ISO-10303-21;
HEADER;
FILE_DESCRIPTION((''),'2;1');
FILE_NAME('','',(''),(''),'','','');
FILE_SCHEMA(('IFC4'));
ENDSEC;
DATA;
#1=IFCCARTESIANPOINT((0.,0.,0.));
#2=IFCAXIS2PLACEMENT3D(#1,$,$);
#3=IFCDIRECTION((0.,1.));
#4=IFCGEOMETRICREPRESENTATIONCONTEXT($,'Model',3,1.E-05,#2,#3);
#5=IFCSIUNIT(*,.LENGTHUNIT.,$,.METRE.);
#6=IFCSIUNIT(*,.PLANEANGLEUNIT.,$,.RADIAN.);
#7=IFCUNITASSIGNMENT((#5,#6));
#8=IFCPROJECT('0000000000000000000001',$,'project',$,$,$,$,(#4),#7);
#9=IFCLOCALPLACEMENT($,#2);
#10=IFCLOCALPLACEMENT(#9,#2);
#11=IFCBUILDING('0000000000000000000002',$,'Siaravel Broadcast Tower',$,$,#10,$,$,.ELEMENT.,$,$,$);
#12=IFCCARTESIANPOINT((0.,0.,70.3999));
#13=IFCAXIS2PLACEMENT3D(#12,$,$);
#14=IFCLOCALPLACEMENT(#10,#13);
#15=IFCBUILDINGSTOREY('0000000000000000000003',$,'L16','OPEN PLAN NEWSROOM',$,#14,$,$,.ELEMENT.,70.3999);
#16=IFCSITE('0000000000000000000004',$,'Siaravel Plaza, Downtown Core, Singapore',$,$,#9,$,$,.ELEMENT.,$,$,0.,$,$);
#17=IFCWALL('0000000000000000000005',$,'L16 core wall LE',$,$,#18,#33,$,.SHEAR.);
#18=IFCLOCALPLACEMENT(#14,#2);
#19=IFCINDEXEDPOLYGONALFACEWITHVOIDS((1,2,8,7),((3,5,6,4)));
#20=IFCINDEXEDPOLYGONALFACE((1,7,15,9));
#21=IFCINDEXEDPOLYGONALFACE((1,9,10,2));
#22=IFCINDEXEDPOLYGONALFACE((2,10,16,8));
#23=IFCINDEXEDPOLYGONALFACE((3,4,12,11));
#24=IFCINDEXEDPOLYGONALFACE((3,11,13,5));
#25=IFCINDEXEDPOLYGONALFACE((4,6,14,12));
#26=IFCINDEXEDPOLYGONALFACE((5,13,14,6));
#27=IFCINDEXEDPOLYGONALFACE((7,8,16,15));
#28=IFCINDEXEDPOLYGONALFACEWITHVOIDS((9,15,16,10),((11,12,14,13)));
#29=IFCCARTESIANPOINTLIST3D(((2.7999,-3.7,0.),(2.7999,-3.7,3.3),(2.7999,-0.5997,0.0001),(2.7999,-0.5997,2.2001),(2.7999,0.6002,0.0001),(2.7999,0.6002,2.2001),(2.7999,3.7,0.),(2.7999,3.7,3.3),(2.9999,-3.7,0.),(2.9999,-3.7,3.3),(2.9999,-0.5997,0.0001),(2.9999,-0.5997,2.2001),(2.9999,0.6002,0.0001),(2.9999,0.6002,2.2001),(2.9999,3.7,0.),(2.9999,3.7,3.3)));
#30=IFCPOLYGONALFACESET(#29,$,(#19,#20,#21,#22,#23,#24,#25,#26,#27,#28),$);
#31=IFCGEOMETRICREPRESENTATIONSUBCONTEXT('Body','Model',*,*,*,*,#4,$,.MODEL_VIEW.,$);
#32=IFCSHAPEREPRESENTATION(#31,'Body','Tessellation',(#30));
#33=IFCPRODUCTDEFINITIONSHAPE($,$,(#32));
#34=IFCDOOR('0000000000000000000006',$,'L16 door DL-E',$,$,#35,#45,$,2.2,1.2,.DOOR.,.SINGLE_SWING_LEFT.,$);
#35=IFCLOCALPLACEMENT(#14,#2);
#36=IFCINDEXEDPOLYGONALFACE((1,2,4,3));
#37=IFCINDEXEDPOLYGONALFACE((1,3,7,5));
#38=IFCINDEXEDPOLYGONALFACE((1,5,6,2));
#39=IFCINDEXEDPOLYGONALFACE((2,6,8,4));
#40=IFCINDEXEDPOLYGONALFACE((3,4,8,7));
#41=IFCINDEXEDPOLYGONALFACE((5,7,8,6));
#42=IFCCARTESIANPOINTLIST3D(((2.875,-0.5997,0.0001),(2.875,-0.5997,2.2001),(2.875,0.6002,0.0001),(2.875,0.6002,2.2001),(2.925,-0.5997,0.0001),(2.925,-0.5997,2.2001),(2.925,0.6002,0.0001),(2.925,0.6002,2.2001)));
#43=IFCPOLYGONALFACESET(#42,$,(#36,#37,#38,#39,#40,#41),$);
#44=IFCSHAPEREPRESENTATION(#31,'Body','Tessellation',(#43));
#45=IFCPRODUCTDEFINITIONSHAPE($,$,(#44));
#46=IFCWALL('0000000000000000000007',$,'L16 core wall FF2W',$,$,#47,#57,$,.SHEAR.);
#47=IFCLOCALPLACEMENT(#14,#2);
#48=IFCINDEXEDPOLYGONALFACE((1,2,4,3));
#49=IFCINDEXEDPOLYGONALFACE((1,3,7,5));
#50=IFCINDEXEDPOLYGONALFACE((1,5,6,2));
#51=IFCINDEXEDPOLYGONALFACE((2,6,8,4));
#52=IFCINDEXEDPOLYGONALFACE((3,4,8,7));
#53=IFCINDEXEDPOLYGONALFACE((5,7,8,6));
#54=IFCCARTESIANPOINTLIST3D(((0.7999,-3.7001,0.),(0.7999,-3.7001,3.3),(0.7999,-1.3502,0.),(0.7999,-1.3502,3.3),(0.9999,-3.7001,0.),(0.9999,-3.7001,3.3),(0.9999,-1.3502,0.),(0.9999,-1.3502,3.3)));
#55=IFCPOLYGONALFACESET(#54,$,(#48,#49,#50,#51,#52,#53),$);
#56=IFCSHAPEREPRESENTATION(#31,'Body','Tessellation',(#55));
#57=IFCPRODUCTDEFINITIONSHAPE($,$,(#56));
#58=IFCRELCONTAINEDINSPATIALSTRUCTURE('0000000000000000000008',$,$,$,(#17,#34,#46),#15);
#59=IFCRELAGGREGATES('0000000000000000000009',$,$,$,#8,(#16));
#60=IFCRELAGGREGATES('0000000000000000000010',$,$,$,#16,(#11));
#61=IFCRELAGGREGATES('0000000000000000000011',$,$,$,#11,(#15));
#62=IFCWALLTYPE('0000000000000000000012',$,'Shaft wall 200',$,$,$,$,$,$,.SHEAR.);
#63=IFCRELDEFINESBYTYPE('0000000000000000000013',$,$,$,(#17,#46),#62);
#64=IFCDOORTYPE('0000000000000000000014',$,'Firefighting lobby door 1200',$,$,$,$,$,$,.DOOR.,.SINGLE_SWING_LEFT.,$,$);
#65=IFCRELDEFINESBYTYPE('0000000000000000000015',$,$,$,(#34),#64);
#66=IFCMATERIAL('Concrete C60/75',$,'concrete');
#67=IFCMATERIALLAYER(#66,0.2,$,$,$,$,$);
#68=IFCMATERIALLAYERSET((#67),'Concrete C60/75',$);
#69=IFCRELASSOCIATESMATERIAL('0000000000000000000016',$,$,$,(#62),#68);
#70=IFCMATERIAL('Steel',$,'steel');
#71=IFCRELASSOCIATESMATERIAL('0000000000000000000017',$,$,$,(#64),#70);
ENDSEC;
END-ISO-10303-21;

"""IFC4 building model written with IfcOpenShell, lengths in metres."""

from ifc_helpers import new_model, si_unit, direction, frame, frame_2d, origin, place, context, subcontext, project, spatial, rectangle, extrude, material, layer, layer_set, type_object, element, fill, save


model = new_model("IFC4")

# Units and contexts
model_context = context("Model", 3, precision=1e-05, world=origin(), true_north=direction((0.0, 1.0)))
body_context = subcontext(model_context, "Body", "Model", "MODEL_VIEW")
ifc_project = project(units=[si_unit("LENGTHUNIT", "METRE"), si_unit("PLANEANGLEUNIT", "RADIAN")], contexts=[model_context])

# Site, building, storey
site_placement = place(None, origin())
site = spatial("IfcSite", under=ifc_project, at=site_placement, Name="Siaravel Plaza, Downtown Core, Singapore", CompositionType="ELEMENT", RefElevation=0.0)
building_placement = place(site_placement, origin())
building = spatial("IfcBuilding", under=site, at=building_placement, Name="Siaravel Broadcast Tower", CompositionType="ELEMENT")
storey_placement = place(building_placement, frame((0.0, 0.0, 70.3999)))
storey = spatial("IfcBuildingStorey", under=building, at=storey_placement, Name="L16", Description="OPEN PLAN NEWSROOM", CompositionType="ELEMENT", Elevation=70.3999)

# Shared definitions
ifc_material_1 = material(Name="Concrete C60/75", Category="concrete")
ifc_layer_1 = layer(ifc_material_1, 0.2)
ifc_layer_set_1 = layer_set([ifc_layer_1], Name="Concrete C60/75")
wall_type_1 = type_object("IfcWallType", Name="Shaft wall 200", PredefinedType="SHEAR", material=ifc_layer_set_1)

# Wall, opening, door
wall_1_placement = place(storey_placement, frame((2.8999, -3.7, 0.0), z_axis=(0.0, 0.0, 1.0), x_axis=(0.0, 1.0, 0.0)))
wall_1 = element("IfcWall", 1, at=wall_1_placement, inside=storey, type_object=wall_type_1, Name="L16 core wall LE", PredefinedType="SHEAR", context=body_context, shape_type="SweptSolid", body=[
    extrude(rectangle(XDim=7.3999, YDim=0.2, at=frame_2d((3.7, 0.0))), origin(), (0.0, 0.0, 1.0), 3.3),
])
opening_1_placement = place(wall_1_placement, frame((3.1001, 0.0, 0.0)))
opening_1 = element("IfcOpeningElement", 2, at=opening_1_placement, cuts=wall_1, PredefinedType="OPENING", context=body_context, shape_type="SweptSolid", body=[
    extrude(rectangle(XDim=1.2, YDim=2.2, at=frame_2d((0.6001, 1.1001))), frame((0.0, 0.1099, 0.0), z_axis=(0.0, -1.0, 0.0), x_axis=(1.0, 0.0, 0.0)), (0.0, 0.0, 1.0), 0.22),
])
ifc_material_2 = material(Name="Steel", Category="steel")
door_type_1 = type_object("IfcDoorType", Name="Firefighting lobby door 1200", OperationType="SINGLE_SWING_LEFT", PredefinedType="DOOR", material=ifc_material_2)
door_1_placement = place(opening_1_placement, origin())
door_1 = element("IfcDoor", 3, at=door_1_placement, inside=storey, type_object=door_type_1, Name="L16 door DL-E", OperationType="SINGLE_SWING_LEFT", OverallHeight=2.2, OverallWidth=1.2, PredefinedType="DOOR", context=body_context, shape_type="SweptSolid", body=[
    extrude(rectangle(XDim=1.2, YDim=2.2, at=frame_2d((0.6001, 1.1001))), frame((0.0, 0.0249, 0.0), z_axis=(0.0, -1.0, 0.0), x_axis=(1.0, 0.0, 0.0)), (0.0, 0.0, 1.0), 0.05),
])
fill(opening_1, door_1)

# Wall
wall_2_placement = place(storey_placement, frame((0.8999, -3.7, 0.0), z_axis=(0.0, 0.0, 1.0), x_axis=(0.0, 1.0, 0.0)))
element("IfcWall", 4, at=wall_2_placement, inside=storey, type_object=wall_type_1, Name="L16 core wall FF2W", PredefinedType="SHEAR", context=body_context, shape_type="SweptSolid", body=[
    extrude(rectangle(XDim=2.3499, YDim=0.2, at=frame_2d((1.1748, 0.0))), origin(), (0.0, 0.0, 1.0), 3.3),
])

save(model, "model.ifc")
